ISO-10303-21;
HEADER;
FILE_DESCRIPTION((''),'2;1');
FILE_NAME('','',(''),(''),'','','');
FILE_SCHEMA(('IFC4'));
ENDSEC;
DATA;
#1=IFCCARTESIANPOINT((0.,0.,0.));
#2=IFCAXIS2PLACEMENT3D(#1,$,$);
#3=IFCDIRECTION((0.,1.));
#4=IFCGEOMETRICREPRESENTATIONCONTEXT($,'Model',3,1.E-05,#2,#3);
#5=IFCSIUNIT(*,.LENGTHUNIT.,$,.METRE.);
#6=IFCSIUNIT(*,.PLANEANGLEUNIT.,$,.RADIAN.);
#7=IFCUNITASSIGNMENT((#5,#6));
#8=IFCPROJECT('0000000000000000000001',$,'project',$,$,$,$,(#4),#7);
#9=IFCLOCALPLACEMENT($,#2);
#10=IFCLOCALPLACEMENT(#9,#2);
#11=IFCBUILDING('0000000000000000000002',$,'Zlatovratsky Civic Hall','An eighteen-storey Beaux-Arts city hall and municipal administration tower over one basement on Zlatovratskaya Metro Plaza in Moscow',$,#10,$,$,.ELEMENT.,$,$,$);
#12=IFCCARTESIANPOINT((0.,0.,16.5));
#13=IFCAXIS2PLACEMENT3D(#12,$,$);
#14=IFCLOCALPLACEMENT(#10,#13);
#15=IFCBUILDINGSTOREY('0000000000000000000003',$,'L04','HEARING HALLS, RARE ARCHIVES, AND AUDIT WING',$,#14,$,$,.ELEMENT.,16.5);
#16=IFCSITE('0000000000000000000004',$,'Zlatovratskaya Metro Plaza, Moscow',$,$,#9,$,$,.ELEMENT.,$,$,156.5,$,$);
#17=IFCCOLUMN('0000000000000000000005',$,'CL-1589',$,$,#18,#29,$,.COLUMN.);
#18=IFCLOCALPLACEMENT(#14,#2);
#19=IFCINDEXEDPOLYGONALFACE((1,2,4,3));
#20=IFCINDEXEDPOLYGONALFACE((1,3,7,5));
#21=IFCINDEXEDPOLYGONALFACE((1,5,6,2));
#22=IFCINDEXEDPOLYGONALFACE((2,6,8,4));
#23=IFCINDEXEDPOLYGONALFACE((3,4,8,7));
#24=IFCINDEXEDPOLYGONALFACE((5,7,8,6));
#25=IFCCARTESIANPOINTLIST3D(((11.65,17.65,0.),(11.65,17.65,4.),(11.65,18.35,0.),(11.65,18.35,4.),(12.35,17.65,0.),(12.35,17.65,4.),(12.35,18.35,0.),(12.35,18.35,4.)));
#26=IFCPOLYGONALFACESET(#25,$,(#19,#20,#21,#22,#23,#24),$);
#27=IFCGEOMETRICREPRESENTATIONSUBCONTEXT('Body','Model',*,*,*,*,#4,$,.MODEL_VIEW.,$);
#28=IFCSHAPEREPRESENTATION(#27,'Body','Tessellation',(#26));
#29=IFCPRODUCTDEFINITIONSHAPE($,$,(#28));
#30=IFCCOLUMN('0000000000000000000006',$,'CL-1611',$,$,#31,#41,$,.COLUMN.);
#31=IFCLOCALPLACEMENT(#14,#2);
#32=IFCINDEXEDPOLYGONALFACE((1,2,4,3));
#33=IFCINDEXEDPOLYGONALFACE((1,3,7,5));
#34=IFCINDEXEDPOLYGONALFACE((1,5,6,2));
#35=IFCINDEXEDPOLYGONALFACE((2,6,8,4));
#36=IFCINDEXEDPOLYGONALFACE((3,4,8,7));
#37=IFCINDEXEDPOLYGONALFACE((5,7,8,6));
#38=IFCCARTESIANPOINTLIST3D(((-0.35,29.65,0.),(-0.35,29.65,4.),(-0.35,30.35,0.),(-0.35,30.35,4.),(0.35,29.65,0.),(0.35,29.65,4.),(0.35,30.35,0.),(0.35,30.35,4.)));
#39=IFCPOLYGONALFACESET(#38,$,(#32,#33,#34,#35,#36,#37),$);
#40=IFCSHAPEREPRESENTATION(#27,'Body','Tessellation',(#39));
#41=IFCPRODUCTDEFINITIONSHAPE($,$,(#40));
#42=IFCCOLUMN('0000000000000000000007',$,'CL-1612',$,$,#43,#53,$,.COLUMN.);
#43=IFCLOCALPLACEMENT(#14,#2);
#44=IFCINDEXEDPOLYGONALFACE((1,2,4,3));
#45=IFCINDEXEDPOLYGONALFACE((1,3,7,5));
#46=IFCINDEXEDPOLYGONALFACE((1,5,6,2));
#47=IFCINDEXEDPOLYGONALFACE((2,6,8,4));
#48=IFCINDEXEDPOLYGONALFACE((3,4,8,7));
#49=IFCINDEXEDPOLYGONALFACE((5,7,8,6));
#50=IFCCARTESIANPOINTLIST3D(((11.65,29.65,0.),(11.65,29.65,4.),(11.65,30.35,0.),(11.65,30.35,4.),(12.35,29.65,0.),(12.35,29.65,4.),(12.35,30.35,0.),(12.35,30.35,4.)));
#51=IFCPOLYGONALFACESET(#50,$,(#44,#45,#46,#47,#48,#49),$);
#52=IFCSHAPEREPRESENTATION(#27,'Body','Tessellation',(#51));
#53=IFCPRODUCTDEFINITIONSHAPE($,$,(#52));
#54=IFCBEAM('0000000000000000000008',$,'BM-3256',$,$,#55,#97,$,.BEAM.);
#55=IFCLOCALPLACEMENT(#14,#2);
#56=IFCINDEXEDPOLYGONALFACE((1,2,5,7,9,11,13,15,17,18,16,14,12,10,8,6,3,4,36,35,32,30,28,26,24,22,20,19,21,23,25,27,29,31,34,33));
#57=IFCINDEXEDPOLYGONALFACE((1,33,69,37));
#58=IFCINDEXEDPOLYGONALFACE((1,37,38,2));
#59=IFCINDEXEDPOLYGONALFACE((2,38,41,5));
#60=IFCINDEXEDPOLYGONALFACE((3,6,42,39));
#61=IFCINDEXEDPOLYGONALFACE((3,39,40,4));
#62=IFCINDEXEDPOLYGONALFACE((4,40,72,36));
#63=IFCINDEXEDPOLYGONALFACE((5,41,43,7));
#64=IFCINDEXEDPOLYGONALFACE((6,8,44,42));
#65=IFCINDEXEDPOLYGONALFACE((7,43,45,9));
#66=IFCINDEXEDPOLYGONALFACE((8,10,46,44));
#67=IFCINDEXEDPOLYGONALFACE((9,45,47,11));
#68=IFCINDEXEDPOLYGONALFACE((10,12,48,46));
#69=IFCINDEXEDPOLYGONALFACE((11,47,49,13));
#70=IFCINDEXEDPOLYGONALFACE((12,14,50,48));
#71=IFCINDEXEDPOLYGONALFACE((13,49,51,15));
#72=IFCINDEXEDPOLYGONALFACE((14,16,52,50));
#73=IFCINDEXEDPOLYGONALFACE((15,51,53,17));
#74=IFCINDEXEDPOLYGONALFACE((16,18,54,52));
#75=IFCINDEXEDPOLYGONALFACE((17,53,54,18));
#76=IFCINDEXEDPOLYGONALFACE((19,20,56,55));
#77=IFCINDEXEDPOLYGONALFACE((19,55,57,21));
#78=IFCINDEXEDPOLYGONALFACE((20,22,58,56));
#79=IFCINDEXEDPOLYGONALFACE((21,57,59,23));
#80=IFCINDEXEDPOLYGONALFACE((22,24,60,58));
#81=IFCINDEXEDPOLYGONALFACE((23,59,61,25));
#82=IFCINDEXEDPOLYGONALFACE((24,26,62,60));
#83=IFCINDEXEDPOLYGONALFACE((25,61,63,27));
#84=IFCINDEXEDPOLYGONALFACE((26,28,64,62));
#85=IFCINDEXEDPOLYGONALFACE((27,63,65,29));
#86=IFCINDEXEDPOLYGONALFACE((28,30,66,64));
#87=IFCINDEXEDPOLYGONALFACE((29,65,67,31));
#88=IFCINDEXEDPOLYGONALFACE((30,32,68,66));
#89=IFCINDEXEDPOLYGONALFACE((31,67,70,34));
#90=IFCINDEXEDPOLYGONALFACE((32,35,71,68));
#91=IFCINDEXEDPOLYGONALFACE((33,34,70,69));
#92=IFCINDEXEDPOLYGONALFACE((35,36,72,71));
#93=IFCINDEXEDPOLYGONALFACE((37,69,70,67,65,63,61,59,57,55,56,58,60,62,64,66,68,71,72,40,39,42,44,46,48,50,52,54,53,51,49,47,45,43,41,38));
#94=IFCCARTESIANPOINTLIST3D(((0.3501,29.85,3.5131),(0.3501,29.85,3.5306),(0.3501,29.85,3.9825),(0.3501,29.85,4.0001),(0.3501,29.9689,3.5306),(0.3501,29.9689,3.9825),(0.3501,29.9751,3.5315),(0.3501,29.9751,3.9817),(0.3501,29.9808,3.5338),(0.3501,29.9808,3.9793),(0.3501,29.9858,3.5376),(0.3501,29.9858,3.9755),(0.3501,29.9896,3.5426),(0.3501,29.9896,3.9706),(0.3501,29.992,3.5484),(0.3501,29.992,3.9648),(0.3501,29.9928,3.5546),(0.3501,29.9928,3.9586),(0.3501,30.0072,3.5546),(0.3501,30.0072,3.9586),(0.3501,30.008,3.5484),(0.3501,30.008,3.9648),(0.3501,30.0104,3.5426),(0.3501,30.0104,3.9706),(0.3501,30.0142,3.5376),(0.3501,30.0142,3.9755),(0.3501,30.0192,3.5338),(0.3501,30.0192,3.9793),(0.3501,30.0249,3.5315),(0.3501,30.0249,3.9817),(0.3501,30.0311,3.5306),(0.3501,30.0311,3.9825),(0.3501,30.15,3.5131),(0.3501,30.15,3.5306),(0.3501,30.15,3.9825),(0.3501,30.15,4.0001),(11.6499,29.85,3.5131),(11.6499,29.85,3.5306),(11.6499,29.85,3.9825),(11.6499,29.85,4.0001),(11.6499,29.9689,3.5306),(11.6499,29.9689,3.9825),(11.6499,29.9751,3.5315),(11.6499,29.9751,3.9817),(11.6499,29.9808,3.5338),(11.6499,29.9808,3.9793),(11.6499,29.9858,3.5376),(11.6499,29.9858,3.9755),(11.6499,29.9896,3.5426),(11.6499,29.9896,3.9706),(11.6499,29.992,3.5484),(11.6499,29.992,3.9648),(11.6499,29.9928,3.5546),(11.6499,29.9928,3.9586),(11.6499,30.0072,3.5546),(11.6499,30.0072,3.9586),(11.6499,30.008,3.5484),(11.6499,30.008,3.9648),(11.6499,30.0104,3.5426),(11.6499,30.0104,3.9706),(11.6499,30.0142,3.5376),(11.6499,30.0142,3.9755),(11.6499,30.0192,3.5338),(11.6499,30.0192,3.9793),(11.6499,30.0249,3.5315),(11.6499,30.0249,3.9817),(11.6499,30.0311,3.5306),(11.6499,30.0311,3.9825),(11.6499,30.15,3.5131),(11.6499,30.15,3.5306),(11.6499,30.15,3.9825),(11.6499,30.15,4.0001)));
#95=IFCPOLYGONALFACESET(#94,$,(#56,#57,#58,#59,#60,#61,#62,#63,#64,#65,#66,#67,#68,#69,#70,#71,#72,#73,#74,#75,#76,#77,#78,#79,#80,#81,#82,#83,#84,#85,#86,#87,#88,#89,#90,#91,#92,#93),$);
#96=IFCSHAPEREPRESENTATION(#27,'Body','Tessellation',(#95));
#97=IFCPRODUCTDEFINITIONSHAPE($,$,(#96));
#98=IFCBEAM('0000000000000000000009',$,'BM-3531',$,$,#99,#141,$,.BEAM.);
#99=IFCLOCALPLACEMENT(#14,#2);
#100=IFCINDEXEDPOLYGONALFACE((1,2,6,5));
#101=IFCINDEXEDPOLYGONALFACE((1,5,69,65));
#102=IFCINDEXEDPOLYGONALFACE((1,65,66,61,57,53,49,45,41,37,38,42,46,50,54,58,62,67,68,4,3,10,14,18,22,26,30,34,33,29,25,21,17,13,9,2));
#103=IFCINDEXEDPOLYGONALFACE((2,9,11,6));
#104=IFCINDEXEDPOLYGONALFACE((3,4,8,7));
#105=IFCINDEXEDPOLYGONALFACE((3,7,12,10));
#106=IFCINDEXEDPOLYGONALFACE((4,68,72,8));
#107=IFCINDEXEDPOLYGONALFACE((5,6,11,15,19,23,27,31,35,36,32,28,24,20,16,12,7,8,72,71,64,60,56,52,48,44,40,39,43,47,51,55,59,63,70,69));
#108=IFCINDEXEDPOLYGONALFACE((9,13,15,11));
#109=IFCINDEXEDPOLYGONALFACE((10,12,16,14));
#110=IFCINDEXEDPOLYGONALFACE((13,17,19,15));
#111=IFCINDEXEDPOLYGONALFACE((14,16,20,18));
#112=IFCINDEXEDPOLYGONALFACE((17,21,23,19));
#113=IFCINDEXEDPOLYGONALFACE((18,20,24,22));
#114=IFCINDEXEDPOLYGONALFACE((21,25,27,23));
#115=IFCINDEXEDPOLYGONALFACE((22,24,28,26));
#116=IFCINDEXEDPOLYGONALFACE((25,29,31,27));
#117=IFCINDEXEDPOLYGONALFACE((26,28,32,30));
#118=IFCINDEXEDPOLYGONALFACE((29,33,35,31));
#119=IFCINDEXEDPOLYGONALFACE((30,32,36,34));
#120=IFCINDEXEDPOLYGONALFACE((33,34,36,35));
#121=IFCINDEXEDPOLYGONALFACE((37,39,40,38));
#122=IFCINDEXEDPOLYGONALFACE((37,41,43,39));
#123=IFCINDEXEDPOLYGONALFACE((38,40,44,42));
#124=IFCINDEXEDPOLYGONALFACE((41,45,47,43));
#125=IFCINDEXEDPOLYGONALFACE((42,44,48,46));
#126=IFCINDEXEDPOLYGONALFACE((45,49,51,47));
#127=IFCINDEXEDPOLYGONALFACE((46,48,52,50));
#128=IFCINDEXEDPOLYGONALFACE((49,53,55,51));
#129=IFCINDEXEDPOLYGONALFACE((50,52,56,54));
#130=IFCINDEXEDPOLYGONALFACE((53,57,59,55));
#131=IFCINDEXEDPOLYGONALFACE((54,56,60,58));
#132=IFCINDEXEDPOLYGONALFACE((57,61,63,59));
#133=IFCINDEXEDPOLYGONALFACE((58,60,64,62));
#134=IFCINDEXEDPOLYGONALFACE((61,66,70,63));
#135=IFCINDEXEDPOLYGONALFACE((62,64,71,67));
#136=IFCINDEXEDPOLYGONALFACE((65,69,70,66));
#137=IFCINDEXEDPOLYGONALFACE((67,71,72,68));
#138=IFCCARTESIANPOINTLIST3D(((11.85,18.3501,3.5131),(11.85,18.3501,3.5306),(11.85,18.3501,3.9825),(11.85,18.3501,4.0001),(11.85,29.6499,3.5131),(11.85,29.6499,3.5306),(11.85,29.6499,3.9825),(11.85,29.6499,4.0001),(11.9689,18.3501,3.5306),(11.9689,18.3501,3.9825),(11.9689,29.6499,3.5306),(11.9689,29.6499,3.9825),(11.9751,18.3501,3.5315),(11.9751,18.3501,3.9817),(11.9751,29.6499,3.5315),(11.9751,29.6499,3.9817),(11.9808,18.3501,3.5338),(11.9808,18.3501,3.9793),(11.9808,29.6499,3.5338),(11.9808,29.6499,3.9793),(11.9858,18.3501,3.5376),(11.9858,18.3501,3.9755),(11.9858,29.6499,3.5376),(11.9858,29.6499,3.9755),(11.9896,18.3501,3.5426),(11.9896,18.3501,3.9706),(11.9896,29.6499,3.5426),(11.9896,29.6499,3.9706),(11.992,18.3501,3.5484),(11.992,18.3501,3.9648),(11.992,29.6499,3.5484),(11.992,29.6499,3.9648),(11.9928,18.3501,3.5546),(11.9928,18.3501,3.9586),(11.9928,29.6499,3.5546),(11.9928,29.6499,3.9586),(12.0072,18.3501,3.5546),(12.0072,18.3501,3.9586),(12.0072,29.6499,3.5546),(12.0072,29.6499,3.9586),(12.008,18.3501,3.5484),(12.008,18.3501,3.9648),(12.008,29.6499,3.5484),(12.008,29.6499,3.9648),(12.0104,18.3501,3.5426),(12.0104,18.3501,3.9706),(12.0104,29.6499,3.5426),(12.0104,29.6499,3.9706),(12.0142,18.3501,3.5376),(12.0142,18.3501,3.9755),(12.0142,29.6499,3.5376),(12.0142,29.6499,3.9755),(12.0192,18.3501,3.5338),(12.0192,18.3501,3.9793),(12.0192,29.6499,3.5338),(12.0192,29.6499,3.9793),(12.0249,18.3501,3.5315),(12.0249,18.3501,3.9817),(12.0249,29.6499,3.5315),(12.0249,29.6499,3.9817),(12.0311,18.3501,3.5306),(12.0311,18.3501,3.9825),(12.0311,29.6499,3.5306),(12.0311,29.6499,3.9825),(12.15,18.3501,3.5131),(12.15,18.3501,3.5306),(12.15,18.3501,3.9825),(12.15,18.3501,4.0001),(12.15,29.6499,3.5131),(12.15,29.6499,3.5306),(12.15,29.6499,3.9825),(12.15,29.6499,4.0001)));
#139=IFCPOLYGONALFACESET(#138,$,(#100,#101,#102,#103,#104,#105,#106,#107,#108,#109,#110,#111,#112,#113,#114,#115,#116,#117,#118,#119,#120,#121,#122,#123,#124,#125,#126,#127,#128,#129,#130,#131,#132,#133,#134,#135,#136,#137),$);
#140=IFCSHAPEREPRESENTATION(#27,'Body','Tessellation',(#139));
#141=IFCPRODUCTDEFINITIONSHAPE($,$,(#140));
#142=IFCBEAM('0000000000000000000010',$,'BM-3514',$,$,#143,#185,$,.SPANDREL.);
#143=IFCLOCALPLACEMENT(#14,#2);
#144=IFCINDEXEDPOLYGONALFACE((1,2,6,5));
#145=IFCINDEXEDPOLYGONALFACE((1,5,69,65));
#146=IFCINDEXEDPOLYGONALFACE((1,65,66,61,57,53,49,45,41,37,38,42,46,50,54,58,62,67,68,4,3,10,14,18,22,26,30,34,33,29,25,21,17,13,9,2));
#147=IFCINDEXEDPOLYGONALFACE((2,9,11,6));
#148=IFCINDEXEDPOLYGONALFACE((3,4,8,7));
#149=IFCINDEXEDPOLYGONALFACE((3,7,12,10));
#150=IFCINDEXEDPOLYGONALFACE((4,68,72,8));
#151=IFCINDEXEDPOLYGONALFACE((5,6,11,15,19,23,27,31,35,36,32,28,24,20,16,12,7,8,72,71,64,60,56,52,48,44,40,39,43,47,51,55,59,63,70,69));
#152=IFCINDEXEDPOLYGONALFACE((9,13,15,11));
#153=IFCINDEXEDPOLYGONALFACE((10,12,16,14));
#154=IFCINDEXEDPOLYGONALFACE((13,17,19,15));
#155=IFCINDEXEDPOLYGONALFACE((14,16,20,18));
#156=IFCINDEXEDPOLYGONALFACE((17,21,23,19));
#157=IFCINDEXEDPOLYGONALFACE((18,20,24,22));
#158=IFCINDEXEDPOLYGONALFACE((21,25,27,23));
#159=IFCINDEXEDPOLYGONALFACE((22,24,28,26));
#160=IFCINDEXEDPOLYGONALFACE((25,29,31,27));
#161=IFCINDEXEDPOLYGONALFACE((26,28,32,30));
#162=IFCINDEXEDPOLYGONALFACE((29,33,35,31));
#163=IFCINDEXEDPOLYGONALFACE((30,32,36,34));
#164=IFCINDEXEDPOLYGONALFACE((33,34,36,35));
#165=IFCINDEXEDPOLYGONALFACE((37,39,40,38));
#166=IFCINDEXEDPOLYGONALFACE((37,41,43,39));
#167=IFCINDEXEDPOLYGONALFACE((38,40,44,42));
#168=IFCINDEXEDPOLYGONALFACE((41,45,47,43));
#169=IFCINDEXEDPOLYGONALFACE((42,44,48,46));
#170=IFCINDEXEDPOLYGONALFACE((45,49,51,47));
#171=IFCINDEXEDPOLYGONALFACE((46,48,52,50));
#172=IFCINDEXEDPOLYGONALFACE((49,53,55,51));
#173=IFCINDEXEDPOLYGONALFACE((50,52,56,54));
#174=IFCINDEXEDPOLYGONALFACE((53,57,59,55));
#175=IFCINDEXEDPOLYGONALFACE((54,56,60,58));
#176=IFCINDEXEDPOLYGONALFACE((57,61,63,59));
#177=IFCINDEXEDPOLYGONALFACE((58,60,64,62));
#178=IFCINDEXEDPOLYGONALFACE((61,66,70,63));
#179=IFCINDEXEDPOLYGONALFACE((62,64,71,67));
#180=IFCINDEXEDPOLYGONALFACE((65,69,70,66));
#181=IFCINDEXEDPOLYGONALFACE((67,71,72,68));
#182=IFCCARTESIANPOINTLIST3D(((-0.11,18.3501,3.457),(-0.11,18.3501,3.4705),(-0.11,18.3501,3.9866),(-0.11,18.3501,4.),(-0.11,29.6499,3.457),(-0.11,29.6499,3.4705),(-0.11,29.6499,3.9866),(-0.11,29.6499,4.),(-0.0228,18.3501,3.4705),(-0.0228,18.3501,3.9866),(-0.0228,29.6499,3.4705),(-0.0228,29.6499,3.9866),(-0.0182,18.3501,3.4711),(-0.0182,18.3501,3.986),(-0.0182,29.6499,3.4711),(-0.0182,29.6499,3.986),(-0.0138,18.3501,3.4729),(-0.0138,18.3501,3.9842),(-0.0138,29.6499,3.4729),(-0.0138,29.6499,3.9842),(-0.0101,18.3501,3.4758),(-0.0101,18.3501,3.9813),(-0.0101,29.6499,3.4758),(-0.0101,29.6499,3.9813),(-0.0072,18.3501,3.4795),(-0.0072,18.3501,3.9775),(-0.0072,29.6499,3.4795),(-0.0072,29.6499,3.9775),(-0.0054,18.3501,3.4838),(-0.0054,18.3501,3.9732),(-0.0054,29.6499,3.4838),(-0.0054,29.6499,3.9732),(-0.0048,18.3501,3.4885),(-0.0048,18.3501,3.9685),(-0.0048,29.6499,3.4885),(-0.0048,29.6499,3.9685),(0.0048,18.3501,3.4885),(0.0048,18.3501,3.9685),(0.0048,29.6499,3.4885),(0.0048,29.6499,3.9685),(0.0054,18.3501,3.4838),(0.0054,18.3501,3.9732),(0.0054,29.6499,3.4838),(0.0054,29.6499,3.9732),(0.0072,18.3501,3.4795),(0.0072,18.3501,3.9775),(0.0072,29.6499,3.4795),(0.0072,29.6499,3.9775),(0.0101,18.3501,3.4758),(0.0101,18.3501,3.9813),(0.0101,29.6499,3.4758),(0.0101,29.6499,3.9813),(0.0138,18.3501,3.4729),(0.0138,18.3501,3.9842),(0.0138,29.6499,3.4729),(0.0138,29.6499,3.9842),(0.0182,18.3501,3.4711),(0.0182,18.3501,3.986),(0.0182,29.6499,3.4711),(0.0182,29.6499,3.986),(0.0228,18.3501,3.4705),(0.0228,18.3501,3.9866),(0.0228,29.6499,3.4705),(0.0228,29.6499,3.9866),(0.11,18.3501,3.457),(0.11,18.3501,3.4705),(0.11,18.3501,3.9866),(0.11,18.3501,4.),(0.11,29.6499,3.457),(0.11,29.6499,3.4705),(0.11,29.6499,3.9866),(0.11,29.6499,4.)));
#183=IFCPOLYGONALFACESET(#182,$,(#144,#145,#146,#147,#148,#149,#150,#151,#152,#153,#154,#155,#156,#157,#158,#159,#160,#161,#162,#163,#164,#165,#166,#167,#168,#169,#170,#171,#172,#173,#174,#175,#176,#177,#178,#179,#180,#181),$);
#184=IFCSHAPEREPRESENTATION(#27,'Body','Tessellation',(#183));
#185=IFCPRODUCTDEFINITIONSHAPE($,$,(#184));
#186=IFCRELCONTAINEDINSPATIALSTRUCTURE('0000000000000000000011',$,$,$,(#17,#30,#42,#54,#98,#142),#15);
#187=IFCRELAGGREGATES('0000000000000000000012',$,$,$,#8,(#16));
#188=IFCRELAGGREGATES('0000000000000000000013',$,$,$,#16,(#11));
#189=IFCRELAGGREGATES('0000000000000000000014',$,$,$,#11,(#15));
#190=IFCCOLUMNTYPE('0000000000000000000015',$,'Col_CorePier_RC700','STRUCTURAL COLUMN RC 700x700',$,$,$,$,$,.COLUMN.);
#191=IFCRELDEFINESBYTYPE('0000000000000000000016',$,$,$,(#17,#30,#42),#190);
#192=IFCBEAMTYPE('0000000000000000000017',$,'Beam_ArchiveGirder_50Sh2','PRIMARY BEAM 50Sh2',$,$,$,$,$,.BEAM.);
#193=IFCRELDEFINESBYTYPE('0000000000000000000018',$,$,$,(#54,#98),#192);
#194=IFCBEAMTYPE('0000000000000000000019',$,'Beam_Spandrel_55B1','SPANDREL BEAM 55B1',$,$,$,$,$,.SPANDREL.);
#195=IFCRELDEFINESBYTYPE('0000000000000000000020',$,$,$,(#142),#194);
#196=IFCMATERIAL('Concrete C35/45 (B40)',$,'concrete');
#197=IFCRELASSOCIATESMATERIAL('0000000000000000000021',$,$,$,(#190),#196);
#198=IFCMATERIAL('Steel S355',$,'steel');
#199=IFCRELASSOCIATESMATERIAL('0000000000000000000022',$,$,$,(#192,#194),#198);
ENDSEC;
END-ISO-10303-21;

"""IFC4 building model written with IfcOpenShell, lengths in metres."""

from ifc_helpers import new_model, si_unit, direction, frame, origin, origin_2d, place, context, subcontext, project, spatial, rectangle, i_section, extrude, material, material_profile, profile_set, type_object, element, save


model = new_model("IFC4")

# Units and contexts
model_context = context("Model", 3, precision=1e-05, world=origin(), true_north=direction((0.0, 1.0)))
body_context = subcontext(model_context, "Body", "Model", "MODEL_VIEW")
ifc_project = project(units=[si_unit("LENGTHUNIT", "METRE"), si_unit("PLANEANGLEUNIT", "RADIAN")], contexts=[model_context])

# Site, building, storey
site_placement = place(None, origin())
site = spatial("IfcSite", under=ifc_project, at=site_placement, Name="Zlatovratskaya Metro Plaza, Moscow", CompositionType="ELEMENT", RefElevation=156.5)
building_placement = place(site_placement, origin())
building = spatial("IfcBuilding", under=site, at=building_placement, Name="Zlatovratsky Civic Hall", Description="An eighteen-storey Beaux-Arts city hall and municipal administration tower over one basement on Zlatovratskaya Metro Plaza in Moscow", CompositionType="ELEMENT")
storey_placement = place(building_placement, frame((0.0, 0.0, 16.5)))
storey = spatial("IfcBuildingStorey", under=building, at=storey_placement, Name="L04", Description="HEARING HALLS, RARE ARCHIVES, AND AUDIT WING", CompositionType="ELEMENT", Elevation=16.5)

# Columns
ifc_material_1 = material(Name="Concrete C35/45 (B40)", Category="concrete")
ifc_material_profile_1 = material_profile(ifc_material_1, rectangle(XDim=0.7, YDim=0.7, at=origin_2d()), Name="RC 700x700")
ifc_profile_set_1 = profile_set([ifc_material_profile_1], Name="Concrete C35/45 (B40)")
column_type = type_object("IfcColumnType", Name="Col_CorePier_RC700", Description="STRUCTURAL COLUMN RC 700x700", PredefinedType="COLUMN", material=ifc_profile_set_1)
for number, where, z_axis, x_axis, name in (
    (1, (12.0, 18.0, 0.0), (0.0, 0.0, 1.0), (1.0, 0.0, 0.0), "CL-1589"),
    (2, (0.0, 30.0, 0.0), (0.0, 0.0, 1.0), (1.0, 0.0, 0.0), "CL-1611"),
    (3, (12.0, 30.0, 0.0), (0.0, 0.0, 1.0), (1.0, 0.0, 0.0), "CL-1612"),
):
    element("IfcColumn", number, at=place(storey_placement, frame(where, z_axis=z_axis, x_axis=x_axis)), inside=storey, type_object=column_type, Name=name, PredefinedType="COLUMN", context=body_context, shape_type="SweptSolid", body=[
        extrude(rectangle(XDim=0.7, YDim=0.7, at=origin_2d()), origin(), (0.0, 0.0, 1.0), 4.0),
    ])

# Beams
ifc_material_2 = material(Name="Steel S355", Category="steel")
ifc_material_profile_2 = material_profile(ifc_material_2, i_section(OverallWidth=0.3, OverallDepth=0.4871, WebThickness=0.0144, FlangeThickness=0.0176, FilletRadius=0.0239, at=origin_2d()), Name="50Sh2")
ifc_profile_set_2 = profile_set([ifc_material_profile_2], Name="Steel S355")
beam_type_1 = type_object("IfcBeamType", Name="Beam_ArchiveGirder_50Sh2", Description="PRIMARY BEAM 50Sh2", PredefinedType="BEAM", material=ifc_profile_set_2)
for number, where, z_axis, x_axis, name in (
    (4, (0.3501, 30.0, 3.7566), (1.0, 0.0, 0.0), (0.0, 1.0, 0.0), "BM-3256"),
    (5, (12.0, 18.3501, 3.7566), (0.0, 1.0, 0.0), (-1.0, 0.0, 0.0), "BM-3531"),
):
    element("IfcBeam", number, at=place(storey_placement, frame(where, z_axis=z_axis, x_axis=x_axis)), inside=storey, type_object=beam_type_1, Name=name, PredefinedType="BEAM", context=body_context, shape_type="SweptSolid", body=[
        extrude(i_section(OverallWidth=0.3, OverallDepth=0.4871, WebThickness=0.0144, FlangeThickness=0.0176, FilletRadius=0.0239, at=origin_2d()), origin(), (0.0, 0.0, 1.0), 11.2998),
    ])
ifc_material_profile_3 = material_profile(ifc_material_2, i_section(OverallWidth=0.22, OverallDepth=0.543, WebThickness=0.0095, FlangeThickness=0.0134, FilletRadius=0.0181, at=origin_2d()), Name="55B1")
ifc_profile_set_3 = profile_set([ifc_material_profile_3], Name="Steel S355")
beam_type_2 = type_object("IfcBeamType", Name="Beam_Spandrel_55B1", Description="SPANDREL BEAM 55B1", PredefinedType="SPANDREL", material=ifc_profile_set_3)
beam_1_placement = place(storey_placement, frame((0.0, 18.3501, 3.7285), z_axis=(0.0, 1.0, 0.0), x_axis=(-1.0, 0.0, 0.0)))
element("IfcBeam", 6, at=beam_1_placement, inside=storey, type_object=beam_type_2, Name="BM-3514", PredefinedType="SPANDREL", context=body_context, shape_type="SweptSolid", body=[
    extrude(i_section(OverallWidth=0.22, OverallDepth=0.543, WebThickness=0.0095, FlangeThickness=0.0134, FilletRadius=0.0181, at=origin_2d()), origin(), (0.0, 0.0, 1.0), 11.2998),
])

save(model, "model.ifc")
